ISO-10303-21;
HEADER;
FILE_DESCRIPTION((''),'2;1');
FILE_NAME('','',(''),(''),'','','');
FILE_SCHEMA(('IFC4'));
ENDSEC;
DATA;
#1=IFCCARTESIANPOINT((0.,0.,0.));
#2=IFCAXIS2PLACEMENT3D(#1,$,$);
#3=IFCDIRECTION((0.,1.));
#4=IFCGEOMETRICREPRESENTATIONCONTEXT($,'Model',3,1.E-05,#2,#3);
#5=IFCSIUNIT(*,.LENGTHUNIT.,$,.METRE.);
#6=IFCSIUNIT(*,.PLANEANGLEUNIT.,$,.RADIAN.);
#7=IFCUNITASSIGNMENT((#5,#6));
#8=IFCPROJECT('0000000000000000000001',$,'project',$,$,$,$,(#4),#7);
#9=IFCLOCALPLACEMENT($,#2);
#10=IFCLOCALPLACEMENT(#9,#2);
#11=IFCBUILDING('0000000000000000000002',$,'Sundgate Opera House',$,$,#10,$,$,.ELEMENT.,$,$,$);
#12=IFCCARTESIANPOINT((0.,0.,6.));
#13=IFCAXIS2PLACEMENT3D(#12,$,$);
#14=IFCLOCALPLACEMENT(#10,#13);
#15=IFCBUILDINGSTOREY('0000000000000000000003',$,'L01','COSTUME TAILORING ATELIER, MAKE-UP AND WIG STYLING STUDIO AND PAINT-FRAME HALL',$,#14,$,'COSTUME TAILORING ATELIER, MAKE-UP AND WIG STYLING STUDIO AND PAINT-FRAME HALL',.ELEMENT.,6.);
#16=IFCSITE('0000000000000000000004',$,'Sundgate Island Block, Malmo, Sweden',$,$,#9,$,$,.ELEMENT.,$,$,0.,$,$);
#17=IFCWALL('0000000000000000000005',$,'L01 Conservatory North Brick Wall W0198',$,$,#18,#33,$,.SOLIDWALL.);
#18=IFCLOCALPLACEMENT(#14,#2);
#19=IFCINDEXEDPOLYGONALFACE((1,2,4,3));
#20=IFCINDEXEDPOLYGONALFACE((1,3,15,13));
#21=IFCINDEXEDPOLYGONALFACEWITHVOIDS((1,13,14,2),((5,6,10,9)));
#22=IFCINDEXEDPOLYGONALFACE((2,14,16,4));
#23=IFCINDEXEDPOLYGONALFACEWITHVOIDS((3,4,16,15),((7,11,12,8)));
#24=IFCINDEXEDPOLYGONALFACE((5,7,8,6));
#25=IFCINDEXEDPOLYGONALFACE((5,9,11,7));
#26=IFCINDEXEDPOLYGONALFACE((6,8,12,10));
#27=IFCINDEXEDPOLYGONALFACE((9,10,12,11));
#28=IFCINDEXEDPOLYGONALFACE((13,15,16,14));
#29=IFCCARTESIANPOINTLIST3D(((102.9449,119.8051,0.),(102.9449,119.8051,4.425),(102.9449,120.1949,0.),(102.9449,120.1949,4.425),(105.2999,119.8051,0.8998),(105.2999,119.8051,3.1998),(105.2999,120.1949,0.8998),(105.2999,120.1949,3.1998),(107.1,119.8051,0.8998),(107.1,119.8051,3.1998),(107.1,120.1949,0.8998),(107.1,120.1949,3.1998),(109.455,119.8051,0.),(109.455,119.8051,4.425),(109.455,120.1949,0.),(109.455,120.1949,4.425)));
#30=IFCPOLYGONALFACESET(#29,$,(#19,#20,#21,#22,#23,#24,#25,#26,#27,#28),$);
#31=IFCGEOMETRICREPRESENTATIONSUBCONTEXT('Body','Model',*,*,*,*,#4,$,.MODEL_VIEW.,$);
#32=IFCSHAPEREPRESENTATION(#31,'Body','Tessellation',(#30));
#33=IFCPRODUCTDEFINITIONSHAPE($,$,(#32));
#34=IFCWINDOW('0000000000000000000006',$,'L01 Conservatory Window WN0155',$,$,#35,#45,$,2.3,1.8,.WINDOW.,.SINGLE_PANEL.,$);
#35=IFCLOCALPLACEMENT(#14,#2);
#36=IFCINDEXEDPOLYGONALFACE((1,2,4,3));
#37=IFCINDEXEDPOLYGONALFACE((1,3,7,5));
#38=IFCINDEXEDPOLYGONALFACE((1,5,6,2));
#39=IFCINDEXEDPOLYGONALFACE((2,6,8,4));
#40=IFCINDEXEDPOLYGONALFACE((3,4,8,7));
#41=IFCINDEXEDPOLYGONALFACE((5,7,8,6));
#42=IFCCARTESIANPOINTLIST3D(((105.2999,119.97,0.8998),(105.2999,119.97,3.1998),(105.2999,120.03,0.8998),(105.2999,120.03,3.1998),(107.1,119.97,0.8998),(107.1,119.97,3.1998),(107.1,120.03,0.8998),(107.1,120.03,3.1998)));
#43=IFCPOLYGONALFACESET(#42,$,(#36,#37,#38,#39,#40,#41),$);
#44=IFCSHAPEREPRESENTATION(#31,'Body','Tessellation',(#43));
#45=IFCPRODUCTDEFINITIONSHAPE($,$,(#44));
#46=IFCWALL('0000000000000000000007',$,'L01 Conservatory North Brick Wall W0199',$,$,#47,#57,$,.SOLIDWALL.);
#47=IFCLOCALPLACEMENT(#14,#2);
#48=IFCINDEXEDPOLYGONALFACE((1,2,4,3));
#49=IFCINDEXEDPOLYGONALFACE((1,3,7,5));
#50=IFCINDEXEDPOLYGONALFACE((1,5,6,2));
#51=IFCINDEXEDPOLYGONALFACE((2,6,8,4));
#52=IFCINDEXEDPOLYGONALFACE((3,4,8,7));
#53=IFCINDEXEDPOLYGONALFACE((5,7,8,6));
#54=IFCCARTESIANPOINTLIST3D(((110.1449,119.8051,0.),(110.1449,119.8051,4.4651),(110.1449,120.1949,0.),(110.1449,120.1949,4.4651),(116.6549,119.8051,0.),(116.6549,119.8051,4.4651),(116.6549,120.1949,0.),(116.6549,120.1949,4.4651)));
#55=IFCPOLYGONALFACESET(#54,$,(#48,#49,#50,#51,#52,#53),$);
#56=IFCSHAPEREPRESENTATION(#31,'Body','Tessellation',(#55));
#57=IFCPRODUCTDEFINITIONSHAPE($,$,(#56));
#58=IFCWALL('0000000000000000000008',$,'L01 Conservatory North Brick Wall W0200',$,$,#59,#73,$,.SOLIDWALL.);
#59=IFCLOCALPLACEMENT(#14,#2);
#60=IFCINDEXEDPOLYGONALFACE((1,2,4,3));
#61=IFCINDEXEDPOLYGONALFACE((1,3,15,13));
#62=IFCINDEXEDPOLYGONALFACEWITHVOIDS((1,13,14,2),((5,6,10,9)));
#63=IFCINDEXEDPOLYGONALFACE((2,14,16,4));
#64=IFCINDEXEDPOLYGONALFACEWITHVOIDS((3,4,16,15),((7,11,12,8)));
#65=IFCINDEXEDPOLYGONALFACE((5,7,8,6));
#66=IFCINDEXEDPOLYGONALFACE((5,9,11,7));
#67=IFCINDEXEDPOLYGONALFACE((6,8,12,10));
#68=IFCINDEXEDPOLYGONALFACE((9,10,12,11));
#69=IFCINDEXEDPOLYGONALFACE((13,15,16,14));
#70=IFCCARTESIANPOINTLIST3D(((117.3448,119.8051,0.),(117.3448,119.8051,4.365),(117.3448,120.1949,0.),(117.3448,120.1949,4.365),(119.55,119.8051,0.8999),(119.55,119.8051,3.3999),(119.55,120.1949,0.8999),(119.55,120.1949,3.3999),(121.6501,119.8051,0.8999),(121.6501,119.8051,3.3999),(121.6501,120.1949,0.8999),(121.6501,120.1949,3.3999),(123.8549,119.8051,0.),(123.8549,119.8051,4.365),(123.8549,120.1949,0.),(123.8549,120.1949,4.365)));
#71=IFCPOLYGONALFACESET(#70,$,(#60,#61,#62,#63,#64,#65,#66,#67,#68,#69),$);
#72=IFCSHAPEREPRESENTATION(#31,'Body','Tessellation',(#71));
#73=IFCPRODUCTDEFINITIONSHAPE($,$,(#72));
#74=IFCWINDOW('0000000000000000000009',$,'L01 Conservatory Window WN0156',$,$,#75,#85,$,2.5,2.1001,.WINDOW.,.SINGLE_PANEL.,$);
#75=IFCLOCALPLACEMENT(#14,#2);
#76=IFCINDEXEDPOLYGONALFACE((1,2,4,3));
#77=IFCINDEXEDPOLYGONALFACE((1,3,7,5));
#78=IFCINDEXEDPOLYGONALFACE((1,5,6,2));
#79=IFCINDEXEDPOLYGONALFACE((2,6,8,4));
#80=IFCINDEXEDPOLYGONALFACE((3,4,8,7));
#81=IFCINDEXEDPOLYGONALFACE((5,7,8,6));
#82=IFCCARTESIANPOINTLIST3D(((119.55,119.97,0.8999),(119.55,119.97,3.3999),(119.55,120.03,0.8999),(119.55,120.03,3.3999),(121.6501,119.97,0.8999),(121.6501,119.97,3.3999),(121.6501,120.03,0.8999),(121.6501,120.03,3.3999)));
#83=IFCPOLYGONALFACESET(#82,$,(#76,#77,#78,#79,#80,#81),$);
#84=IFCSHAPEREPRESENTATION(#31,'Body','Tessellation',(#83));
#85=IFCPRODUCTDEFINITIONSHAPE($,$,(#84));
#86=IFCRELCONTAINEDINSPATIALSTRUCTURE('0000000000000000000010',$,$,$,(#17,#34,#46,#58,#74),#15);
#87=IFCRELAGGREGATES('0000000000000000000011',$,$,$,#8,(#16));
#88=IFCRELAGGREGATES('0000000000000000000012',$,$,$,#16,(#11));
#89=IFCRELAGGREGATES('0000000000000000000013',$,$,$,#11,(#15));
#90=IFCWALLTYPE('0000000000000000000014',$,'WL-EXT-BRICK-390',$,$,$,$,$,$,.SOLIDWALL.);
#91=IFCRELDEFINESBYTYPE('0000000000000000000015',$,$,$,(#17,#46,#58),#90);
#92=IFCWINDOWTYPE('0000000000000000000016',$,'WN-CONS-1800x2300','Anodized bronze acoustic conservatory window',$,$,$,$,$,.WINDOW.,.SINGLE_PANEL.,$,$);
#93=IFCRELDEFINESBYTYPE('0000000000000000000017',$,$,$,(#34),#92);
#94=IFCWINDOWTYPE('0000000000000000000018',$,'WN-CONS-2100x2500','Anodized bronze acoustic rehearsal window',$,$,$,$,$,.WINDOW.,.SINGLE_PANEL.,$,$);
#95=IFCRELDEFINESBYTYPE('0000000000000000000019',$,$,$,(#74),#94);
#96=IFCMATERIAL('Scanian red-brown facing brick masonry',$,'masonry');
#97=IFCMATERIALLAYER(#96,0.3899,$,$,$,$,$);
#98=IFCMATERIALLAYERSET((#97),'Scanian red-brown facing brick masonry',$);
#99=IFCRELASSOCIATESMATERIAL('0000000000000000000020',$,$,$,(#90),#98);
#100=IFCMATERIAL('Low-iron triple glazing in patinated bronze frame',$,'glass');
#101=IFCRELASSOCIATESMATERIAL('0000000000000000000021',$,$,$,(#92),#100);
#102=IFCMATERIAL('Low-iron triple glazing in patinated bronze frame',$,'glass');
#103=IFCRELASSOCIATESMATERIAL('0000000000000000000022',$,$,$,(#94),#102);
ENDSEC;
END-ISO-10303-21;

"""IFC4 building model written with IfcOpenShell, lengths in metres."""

from ifc_helpers import new_model, si_unit, direction, frame, frame_2d, origin, place, context, subcontext, project, spatial, rectangle, extrude, material, layer, layer_set, type_object, element, fill, save


model = new_model("IFC4")

# Units and contexts
model_context = context("Model", 3, precision=1e-05, world=origin(), true_north=direction((0.0, 1.0)))
body_context = subcontext(model_context, "Body", "Model", "MODEL_VIEW")
ifc_project = project(units=[si_unit("LENGTHUNIT", "METRE"), si_unit("PLANEANGLEUNIT", "RADIAN")], contexts=[model_context])

# Site, building, storey
site_placement = place(None, origin())
site = spatial("IfcSite", under=ifc_project, at=site_placement, Name="Sundgate Island Block, Malmo, Sweden", CompositionType="ELEMENT", RefElevation=0.0)
building_placement = place(site_placement, origin())
building = spatial("IfcBuilding", under=site, at=building_placement, Name="Sundgate Opera House", CompositionType="ELEMENT")
storey_placement = place(building_placement, frame((0.0, 0.0, 6.0)))
storey = spatial("IfcBuildingStorey", under=building, at=storey_placement, Name="L01", Description="COSTUME TAILORING ATELIER, MAKE-UP AND WIG STYLING STUDIO AND PAINT-FRAME HALL", LongName="COSTUME TAILORING ATELIER, MAKE-UP AND WIG STYLING STUDIO AND PAINT-FRAME HALL", CompositionType="ELEMENT", Elevation=6.0)

# Wall, opening, window
ifc_material_1 = material(Name="Scanian red-brown facing brick masonry", Category="masonry")
ifc_layer = layer(ifc_material_1, 0.3899)
ifc_layer_set = layer_set([ifc_layer], Name="Scanian red-brown facing brick masonry")
wall_type = type_object("IfcWallType", Name="WL-EXT-BRICK-390", PredefinedType="SOLIDWALL", material=ifc_layer_set)
wall_1_placement = place(storey_placement, frame((102.9451, 120.0, 0.0), z_axis=(0.0, 0.0, 1.0), x_axis=(1.0, 0.0, 0.0)))
wall_1 = element("IfcWall", 1, at=wall_1_placement, inside=storey, type_object=wall_type, Name="L01 Conservatory North Brick Wall W0198", PredefinedType="SOLIDWALL", context=body_context, shape_type="SweptSolid", body=[
    extrude(rectangle(XDim=6.51, YDim=0.3899, at=frame_2d((3.2549, 0.0))), origin(), (0.0, 0.0, 1.0), 4.425),
])
opening_1_placement = place(wall_1_placement, frame((2.355, 0.0, 0.8999)))
opening_1 = element("IfcOpeningElement", 2, at=opening_1_placement, cuts=wall_1, PredefinedType="OPENING", context=body_context, shape_type="SweptSolid", body=[
    extrude(rectangle(XDim=1.8, YDim=2.3, at=frame_2d((0.8999, 1.1499))), frame((0.0, 0.2048, 0.0), z_axis=(0.0, -1.0, 0.0), x_axis=(1.0, 0.0, 0.0)), (0.0, 0.0, 1.0), 0.4099),
])
ifc_material_2 = material(Name="Low-iron triple glazing in patinated bronze frame", Category="glass")
window_type_1 = type_object("IfcWindowType", Name="WN-CONS-1800x2300", Description="Anodized bronze acoustic conservatory window", PartitioningType="SINGLE_PANEL", PredefinedType="WINDOW", material=ifc_material_2)
window_1_placement = place(opening_1_placement, origin())
window_1 = element("IfcWindow", 3, at=window_1_placement, inside=storey, type_object=window_type_1, Name="L01 Conservatory Window WN0155", OverallHeight=2.3, OverallWidth=1.8, PartitioningType="SINGLE_PANEL", PredefinedType="WINDOW", context=body_context, shape_type="SweptSolid", body=[
    extrude(rectangle(XDim=1.8, YDim=2.3, at=frame_2d((0.8999, 1.1499))), frame((0.0, 0.03, 0.0), z_axis=(0.0, -1.0, 0.0), x_axis=(1.0, 0.0, 0.0)), (0.0, 0.0, 1.0), 0.0601),
])
fill(opening_1, window_1)

# Wall
wall_2_placement = place(storey_placement, frame((110.145, 120.0, 0.0), z_axis=(0.0, 0.0, 1.0), x_axis=(1.0, 0.0, 0.0)))
element("IfcWall", 4, at=wall_2_placement, inside=storey, type_object=wall_type, Name="L01 Conservatory North Brick Wall W0199", PredefinedType="SOLIDWALL", context=body_context, shape_type="SweptSolid", body=[
    extrude(rectangle(XDim=6.51, YDim=0.3899, at=frame_2d((3.2549, 0.0))), origin(), (0.0, 0.0, 1.0), 4.4651),
])

# Wall, opening, window
wall_3_placement = place(storey_placement, frame((117.345, 120.0, 0.0), z_axis=(0.0, 0.0, 1.0), x_axis=(1.0, 0.0, 0.0)))
wall_3 = element("IfcWall", 5, at=wall_3_placement, inside=storey, type_object=wall_type, Name="L01 Conservatory North Brick Wall W0200", PredefinedType="SOLIDWALL", context=body_context, shape_type="SweptSolid", body=[
    extrude(rectangle(XDim=6.51, YDim=0.3899, at=frame_2d((3.2549, 0.0))), origin(), (0.0, 0.0, 1.0), 4.365),
])
opening_2_placement = place(wall_3_placement, frame((2.2051, 0.0, 0.8999)))
opening_2 = element("IfcOpeningElement", 6, at=opening_2_placement, cuts=wall_3, PredefinedType="OPENING", context=body_context, shape_type="SweptSolid", body=[
    extrude(rectangle(XDim=2.1001, YDim=2.5, at=frame_2d((1.05, 1.25))), frame((0.0, 0.2048, 0.0), z_axis=(0.0, -1.0, 0.0), x_axis=(1.0, 0.0, 0.0)), (0.0, 0.0, 1.0), 0.4099),
])
ifc_material_3 = material(Name="Low-iron triple glazing in patinated bronze frame", Category="glass")
window_type_2 = type_object("IfcWindowType", Name="WN-CONS-2100x2500", Description="Anodized bronze acoustic rehearsal window", PartitioningType="SINGLE_PANEL", PredefinedType="WINDOW", material=ifc_material_3)
window_2_placement = place(opening_2_placement, origin())
window_2 = element("IfcWindow", 7, at=window_2_placement, inside=storey, type_object=window_type_2, Name="L01 Conservatory Window WN0156", OverallHeight=2.5, OverallWidth=2.1001, PartitioningType="SINGLE_PANEL", PredefinedType="WINDOW", context=body_context, shape_type="SweptSolid", body=[
    extrude(rectangle(XDim=2.1001, YDim=2.5, at=frame_2d((1.05, 1.25))), frame((0.0, 0.03, 0.0), z_axis=(0.0, -1.0, 0.0), x_axis=(1.0, 0.0, 0.0)), (0.0, 0.0, 1.0), 0.0601),
])
fill(opening_2, window_2)

save(model, "model.ifc")
